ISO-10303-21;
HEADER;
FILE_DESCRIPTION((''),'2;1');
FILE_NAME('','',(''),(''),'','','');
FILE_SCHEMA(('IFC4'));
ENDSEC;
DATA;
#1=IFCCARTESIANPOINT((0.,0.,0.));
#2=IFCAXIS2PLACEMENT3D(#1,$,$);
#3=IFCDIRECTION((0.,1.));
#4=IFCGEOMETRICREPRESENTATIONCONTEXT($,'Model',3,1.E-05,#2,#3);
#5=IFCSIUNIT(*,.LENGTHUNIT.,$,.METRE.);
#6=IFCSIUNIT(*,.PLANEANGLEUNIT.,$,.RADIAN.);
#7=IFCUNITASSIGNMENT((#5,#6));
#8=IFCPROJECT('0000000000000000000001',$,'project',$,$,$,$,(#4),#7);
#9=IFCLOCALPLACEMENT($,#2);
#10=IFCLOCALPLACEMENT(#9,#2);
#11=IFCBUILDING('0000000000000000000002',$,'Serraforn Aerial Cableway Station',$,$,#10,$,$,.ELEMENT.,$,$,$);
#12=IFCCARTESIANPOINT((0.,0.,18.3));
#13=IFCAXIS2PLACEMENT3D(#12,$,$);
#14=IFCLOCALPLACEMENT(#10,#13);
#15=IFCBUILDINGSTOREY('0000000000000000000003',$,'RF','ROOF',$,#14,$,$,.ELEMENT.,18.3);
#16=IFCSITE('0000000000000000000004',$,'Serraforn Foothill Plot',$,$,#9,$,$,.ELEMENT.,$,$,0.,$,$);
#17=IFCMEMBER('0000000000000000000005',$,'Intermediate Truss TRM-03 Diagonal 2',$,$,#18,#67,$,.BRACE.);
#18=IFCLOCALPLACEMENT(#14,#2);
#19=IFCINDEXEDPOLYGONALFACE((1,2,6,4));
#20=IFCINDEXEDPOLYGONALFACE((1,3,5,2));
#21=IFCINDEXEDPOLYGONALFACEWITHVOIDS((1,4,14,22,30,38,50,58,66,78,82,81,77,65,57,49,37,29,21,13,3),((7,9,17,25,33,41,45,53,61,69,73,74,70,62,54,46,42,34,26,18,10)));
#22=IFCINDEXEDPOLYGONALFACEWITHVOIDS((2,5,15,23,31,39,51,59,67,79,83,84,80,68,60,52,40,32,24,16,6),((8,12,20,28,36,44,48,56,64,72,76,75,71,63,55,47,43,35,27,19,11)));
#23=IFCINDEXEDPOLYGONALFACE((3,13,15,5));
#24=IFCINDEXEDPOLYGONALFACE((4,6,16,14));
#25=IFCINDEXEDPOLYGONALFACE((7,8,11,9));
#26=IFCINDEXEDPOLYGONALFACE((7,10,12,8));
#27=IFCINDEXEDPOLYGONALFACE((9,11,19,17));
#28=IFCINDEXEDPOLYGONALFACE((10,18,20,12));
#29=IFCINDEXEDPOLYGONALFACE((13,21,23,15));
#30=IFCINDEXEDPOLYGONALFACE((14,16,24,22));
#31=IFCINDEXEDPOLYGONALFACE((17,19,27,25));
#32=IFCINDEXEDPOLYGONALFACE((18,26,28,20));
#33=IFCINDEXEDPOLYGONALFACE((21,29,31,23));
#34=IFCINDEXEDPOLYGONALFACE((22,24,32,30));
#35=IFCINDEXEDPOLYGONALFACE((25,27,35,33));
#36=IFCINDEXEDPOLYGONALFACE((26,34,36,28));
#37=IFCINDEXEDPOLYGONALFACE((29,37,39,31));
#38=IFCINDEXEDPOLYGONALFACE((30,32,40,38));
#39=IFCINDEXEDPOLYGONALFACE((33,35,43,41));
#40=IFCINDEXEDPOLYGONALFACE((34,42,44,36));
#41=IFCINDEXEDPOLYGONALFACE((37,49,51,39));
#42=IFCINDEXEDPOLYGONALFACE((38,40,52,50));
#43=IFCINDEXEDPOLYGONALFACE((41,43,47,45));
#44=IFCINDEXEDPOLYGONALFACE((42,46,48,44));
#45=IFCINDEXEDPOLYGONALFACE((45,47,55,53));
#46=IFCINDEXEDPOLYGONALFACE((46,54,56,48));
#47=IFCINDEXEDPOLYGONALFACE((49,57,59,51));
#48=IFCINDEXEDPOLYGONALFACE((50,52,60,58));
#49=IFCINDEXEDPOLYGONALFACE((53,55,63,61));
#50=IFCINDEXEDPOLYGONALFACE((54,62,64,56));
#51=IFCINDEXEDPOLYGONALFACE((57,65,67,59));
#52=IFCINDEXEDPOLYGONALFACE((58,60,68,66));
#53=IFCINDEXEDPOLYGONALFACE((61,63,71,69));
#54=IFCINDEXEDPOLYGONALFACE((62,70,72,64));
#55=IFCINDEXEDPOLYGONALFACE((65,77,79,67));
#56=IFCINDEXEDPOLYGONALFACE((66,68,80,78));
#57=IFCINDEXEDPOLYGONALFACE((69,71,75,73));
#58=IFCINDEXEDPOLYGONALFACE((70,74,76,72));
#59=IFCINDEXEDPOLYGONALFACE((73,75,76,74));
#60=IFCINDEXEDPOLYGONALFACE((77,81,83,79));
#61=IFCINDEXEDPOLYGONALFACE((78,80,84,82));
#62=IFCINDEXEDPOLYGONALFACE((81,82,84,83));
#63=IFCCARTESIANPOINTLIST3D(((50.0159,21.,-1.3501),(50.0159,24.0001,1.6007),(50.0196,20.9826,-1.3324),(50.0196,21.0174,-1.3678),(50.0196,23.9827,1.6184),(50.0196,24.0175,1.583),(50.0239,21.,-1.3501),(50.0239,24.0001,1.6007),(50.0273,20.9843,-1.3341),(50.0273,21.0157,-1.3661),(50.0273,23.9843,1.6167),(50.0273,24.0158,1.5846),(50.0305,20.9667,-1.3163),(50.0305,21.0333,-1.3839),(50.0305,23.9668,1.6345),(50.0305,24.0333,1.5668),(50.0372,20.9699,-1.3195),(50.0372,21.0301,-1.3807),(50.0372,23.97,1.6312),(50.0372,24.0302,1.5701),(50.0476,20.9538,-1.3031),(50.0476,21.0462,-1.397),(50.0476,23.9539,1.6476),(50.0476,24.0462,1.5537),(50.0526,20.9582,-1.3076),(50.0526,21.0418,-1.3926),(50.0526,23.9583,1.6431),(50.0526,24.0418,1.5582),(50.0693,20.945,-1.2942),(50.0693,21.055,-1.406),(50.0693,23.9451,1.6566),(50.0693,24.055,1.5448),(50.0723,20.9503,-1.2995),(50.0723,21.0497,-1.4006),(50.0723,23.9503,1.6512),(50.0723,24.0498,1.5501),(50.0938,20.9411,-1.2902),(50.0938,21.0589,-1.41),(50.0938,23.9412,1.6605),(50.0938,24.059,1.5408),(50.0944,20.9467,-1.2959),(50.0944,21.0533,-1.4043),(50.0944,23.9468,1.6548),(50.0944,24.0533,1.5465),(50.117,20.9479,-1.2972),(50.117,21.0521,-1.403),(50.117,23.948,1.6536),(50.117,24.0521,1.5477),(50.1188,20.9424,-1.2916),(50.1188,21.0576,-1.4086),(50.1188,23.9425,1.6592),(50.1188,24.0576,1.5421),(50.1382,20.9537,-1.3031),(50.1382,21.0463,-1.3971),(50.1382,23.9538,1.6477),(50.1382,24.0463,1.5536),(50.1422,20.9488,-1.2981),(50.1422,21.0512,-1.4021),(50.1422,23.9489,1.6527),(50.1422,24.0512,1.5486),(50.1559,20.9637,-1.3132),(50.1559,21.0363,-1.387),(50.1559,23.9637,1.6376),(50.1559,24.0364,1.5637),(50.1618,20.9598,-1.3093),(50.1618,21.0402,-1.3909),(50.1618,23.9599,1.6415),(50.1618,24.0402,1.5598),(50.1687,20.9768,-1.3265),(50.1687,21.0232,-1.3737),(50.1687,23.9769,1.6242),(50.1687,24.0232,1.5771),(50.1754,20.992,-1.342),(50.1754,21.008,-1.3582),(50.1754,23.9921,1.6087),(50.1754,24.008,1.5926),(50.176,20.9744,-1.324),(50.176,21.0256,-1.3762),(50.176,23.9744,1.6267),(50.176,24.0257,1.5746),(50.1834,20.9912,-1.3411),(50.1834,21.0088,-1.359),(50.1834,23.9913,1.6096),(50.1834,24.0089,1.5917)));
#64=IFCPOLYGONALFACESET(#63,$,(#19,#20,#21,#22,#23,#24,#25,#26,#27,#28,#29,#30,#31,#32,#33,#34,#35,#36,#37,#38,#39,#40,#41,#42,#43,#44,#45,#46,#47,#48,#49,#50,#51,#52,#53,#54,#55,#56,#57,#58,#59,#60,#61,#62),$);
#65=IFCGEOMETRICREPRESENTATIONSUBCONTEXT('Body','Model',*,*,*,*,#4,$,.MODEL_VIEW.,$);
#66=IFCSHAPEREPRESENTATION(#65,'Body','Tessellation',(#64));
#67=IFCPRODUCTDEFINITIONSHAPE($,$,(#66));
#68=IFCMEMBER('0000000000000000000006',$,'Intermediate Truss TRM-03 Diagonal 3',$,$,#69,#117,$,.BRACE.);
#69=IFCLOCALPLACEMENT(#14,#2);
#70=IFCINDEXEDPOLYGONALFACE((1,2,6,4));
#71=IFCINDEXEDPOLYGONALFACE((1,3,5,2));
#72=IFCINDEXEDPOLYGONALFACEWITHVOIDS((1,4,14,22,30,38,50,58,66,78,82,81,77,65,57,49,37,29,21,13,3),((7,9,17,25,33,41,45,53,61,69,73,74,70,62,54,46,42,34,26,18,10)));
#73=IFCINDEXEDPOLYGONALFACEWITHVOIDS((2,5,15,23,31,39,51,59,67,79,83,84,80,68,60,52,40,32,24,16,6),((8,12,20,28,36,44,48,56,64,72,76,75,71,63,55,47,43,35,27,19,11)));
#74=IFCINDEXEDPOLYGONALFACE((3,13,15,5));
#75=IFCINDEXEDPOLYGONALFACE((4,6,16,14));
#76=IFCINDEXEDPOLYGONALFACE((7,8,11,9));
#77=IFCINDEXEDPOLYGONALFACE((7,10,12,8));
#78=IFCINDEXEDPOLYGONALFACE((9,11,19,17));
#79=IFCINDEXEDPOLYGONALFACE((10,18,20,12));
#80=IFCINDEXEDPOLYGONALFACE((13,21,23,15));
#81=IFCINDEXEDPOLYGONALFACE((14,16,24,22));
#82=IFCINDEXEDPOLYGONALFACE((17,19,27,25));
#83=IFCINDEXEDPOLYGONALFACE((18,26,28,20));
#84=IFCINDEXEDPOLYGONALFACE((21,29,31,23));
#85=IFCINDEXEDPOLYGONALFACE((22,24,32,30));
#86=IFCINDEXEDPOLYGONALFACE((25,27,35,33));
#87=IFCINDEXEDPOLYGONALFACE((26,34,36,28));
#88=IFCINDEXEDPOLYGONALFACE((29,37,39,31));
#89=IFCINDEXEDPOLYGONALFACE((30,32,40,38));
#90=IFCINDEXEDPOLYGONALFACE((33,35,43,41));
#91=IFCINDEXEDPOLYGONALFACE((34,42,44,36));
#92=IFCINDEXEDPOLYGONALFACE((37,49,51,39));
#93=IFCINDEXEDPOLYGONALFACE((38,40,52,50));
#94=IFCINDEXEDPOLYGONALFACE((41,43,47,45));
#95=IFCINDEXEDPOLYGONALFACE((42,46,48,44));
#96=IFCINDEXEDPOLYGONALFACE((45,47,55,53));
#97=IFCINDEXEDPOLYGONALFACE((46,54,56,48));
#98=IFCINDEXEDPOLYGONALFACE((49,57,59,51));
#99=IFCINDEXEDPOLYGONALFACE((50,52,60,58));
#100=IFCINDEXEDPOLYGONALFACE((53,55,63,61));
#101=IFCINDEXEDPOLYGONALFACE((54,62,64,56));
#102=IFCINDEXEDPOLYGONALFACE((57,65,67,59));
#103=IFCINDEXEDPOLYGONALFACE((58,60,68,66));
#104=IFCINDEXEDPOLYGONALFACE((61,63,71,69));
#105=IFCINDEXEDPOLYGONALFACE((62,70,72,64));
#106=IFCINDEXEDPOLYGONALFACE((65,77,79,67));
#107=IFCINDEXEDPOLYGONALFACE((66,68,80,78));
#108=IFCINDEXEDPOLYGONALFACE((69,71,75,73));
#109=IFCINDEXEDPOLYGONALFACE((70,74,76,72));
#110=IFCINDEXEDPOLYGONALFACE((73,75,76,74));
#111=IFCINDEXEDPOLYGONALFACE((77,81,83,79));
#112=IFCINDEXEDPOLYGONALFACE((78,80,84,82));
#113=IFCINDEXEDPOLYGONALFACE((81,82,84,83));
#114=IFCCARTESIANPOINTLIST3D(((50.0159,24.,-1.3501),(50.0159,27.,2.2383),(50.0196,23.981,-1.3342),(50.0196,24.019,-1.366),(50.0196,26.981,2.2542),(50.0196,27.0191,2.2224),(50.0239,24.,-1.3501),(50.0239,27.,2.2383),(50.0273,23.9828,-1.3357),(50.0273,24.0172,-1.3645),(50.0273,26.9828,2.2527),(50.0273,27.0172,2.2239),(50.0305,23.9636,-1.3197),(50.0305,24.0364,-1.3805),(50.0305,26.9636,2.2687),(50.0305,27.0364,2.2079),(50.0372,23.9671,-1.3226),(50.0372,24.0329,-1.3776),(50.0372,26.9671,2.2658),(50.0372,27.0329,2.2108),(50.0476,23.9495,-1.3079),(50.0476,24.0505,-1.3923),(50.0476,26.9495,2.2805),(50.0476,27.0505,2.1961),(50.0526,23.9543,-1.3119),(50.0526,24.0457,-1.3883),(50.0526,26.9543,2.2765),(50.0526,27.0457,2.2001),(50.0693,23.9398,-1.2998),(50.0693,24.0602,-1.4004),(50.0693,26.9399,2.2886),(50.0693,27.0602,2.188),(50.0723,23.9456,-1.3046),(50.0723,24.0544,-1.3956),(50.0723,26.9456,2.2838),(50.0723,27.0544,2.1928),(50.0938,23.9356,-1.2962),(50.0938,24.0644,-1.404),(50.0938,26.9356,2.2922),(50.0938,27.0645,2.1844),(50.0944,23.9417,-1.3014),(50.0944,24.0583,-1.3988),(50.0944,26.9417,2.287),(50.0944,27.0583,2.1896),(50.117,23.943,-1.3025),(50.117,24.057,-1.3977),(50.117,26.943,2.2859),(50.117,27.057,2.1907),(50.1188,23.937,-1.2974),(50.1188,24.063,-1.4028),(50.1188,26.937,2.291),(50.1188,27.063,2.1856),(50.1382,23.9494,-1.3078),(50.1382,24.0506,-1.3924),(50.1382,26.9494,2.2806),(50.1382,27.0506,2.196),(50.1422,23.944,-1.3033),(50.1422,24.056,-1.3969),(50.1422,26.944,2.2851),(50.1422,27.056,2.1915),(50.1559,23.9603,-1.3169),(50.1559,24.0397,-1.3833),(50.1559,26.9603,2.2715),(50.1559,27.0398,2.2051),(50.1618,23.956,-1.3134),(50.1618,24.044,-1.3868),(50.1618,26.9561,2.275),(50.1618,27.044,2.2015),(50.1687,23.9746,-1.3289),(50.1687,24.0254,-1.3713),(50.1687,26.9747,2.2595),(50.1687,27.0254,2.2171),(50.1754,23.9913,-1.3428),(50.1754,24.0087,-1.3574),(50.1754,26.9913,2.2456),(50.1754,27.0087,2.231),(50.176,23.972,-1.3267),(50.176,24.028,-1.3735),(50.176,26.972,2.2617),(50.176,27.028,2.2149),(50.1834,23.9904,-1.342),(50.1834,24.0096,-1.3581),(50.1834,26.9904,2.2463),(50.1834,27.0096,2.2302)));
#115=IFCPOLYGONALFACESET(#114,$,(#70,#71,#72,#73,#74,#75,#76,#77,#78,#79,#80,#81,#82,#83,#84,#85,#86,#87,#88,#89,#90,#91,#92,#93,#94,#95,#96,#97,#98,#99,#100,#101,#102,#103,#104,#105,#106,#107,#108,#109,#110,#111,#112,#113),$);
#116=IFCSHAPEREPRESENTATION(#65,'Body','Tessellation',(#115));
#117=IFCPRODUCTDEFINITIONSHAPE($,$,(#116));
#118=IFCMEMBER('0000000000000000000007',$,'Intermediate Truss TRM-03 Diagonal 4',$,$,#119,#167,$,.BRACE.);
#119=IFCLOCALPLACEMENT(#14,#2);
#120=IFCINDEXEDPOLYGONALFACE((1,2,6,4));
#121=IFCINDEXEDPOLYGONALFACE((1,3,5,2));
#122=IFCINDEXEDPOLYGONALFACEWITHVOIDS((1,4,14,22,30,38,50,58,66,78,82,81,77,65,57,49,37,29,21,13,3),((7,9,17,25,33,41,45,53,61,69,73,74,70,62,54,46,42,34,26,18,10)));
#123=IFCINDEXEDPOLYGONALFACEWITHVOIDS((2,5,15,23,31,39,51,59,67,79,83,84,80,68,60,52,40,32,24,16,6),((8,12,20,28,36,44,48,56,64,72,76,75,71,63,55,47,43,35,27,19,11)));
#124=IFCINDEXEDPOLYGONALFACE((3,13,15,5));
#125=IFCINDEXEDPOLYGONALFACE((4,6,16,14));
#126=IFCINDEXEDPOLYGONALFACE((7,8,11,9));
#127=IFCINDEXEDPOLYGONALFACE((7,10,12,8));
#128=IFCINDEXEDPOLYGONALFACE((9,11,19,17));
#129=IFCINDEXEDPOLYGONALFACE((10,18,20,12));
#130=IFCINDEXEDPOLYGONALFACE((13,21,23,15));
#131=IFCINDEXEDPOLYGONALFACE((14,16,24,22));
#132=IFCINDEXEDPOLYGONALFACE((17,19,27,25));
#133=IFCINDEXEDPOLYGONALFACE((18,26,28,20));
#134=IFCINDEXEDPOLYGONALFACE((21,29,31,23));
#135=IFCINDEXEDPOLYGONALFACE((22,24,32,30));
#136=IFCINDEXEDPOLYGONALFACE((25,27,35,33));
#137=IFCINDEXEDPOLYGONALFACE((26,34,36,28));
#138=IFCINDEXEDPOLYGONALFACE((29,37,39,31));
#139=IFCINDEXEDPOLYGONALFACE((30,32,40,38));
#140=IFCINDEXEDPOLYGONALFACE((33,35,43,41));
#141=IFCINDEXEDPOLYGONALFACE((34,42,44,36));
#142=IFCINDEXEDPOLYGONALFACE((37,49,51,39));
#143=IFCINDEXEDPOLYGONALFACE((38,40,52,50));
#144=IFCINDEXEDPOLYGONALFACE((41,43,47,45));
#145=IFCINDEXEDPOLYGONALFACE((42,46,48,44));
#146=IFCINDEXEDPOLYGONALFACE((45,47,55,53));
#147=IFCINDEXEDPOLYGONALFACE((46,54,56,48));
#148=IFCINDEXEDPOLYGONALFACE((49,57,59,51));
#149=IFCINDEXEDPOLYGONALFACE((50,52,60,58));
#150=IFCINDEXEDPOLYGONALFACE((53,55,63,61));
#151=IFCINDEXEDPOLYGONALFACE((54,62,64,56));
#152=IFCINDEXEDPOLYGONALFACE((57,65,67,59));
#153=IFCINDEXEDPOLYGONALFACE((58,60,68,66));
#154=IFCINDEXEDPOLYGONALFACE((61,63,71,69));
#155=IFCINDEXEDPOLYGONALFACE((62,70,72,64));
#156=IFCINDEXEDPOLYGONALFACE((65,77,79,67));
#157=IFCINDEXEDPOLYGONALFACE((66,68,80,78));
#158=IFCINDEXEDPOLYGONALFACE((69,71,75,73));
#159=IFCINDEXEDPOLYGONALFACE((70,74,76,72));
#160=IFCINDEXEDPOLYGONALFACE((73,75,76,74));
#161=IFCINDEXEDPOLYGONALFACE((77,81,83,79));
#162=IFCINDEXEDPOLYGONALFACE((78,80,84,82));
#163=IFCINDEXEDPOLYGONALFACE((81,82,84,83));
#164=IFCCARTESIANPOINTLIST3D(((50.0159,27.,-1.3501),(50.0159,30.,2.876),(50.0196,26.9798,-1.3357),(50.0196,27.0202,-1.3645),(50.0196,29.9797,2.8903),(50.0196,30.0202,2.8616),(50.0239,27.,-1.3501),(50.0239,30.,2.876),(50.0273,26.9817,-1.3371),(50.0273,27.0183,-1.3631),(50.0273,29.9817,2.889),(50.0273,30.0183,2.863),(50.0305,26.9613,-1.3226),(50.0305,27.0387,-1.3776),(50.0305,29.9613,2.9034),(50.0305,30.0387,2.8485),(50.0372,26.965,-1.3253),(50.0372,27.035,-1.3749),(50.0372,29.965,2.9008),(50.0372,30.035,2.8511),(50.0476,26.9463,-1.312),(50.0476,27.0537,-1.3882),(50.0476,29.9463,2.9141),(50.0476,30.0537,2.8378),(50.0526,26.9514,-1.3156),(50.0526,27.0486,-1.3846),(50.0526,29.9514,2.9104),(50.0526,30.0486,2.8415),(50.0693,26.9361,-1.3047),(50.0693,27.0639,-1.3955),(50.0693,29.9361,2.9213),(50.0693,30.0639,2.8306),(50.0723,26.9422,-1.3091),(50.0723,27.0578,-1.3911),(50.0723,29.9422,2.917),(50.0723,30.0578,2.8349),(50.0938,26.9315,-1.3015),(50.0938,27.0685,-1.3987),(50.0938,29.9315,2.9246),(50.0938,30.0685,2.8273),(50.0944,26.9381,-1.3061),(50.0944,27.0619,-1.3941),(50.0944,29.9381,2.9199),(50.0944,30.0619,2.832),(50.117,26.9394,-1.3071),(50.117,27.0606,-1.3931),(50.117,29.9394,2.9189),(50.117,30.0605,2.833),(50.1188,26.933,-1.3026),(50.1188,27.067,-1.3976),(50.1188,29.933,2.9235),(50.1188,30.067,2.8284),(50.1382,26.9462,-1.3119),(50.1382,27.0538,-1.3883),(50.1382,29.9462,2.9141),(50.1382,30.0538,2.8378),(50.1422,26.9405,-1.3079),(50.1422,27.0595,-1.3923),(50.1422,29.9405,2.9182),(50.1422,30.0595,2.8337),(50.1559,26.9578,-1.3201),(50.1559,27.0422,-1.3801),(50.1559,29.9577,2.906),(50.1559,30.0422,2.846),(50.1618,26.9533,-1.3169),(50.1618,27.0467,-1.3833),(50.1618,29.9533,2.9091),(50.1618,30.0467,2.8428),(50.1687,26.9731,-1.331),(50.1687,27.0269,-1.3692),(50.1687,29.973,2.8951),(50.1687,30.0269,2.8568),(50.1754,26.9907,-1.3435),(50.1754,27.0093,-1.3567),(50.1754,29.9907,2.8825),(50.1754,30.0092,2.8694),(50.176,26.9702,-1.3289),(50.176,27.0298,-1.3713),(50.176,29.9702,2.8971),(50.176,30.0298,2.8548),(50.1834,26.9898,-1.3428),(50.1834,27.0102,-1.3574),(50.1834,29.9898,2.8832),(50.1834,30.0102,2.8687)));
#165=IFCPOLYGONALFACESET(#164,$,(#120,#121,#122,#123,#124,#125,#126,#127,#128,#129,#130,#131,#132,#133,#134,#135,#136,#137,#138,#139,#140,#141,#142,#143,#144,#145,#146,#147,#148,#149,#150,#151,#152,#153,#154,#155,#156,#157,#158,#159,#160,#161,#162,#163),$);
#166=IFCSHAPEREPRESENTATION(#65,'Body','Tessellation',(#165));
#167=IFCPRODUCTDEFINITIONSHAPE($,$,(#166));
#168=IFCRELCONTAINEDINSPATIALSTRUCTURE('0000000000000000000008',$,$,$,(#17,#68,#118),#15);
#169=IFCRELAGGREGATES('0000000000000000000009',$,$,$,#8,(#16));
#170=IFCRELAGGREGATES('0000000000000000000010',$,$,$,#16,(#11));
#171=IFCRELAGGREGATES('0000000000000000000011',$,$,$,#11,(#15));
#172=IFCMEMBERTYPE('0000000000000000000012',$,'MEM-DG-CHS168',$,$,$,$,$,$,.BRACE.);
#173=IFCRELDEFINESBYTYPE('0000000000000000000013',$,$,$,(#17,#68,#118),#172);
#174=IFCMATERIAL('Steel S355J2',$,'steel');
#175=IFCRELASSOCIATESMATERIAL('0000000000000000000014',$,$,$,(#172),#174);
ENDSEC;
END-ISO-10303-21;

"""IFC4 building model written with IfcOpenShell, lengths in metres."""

from ifc_helpers import new_model, si_unit, direction, frame, origin, origin_2d, place, context, subcontext, project, spatial, hollow_circle, extrude, material, material_profile, profile_set, type_object, element, save


model = new_model("IFC4")

# Units and contexts
model_context = context("Model", 3, precision=1e-05, world=origin(), true_north=direction((0.0, 1.0)))
body_context = subcontext(model_context, "Body", "Model", "MODEL_VIEW")
ifc_project = project(units=[si_unit("LENGTHUNIT", "METRE"), si_unit("PLANEANGLEUNIT", "RADIAN")], contexts=[model_context])

# Site, building, storey
site_placement = place(None, origin())
site = spatial("IfcSite", under=ifc_project, at=site_placement, Name="Serraforn Foothill Plot", CompositionType="ELEMENT", RefElevation=0.0)
building_placement = place(site_placement, origin())
building = spatial("IfcBuilding", under=site, at=building_placement, Name="Serraforn Aerial Cableway Station", CompositionType="ELEMENT")
storey_placement = place(building_placement, frame((0.0, 0.0, 18.3)))
storey = spatial("IfcBuildingStorey", under=building, at=storey_placement, Name="RF", Description="ROOF", CompositionType="ELEMENT", Elevation=18.3)

# Members
ifc_material_1 = material(Name="Steel S355J2", Category="steel")
ifc_material_profile_1 = material_profile(ifc_material_1, hollow_circle(Radius=0.0842, WallThickness=0.0081, at=origin_2d()), Name="CHS 168.3x8.0")
ifc_profile_set_1 = profile_set([ifc_material_profile_1], Name="Steel S355J2")
member_type_1 = type_object("IfcMemberType", Name="MEM-DG-CHS168", PredefinedType="BRACE", material=ifc_profile_set_1)
member_1_placement = place(storey_placement, frame((50.1001, 21.0, -1.3501), z_axis=(0.0, 0.712942, 0.701223), x_axis=(-1.0, 0.0, 0.0)))
element("IfcMember", 1, at=member_1_placement, inside=storey, type_object=member_type_1, Name="Intermediate Truss TRM-03 Diagonal 2", PredefinedType="BRACE", context=body_context, shape_type="SweptSolid", body=[
    extrude(hollow_circle(Radius=0.0842, WallThickness=0.0081, at=origin_2d()), origin(), (0.0, 0.0, 1.0), 4.208),
])
member_2_placement = place(storey_placement, frame((50.1001, 24.0, -1.3501), z_axis=(0.0, 0.641406, 0.767202), x_axis=(-1.0, 0.0, 0.0)))
element("IfcMember", 2, at=member_2_placement, inside=storey, type_object=member_type_1, Name="Intermediate Truss TRM-03 Diagonal 3", PredefinedType="BRACE", context=body_context, shape_type="SweptSolid", body=[
    extrude(hollow_circle(Radius=0.0842, WallThickness=0.0081, at=origin_2d()), origin(), (0.0, 0.0, 1.0), 4.6772),
])
member_3_placement = place(storey_placement, frame((50.1001, 27.0, -1.3501), z_axis=(0.0, 0.578856, 0.81543), x_axis=(-1.0, 0.0, 0.0)))
element("IfcMember", 3, at=member_3_placement, inside=storey, type_object=member_type_1, Name="Intermediate Truss TRM-03 Diagonal 4", PredefinedType="BRACE", context=body_context, shape_type="SweptSolid", body=[
    extrude(hollow_circle(Radius=0.0842, WallThickness=0.0081, at=origin_2d()), origin(), (0.0, 0.0, 1.0), 5.1826),
])

save(model, "model.ifc")
